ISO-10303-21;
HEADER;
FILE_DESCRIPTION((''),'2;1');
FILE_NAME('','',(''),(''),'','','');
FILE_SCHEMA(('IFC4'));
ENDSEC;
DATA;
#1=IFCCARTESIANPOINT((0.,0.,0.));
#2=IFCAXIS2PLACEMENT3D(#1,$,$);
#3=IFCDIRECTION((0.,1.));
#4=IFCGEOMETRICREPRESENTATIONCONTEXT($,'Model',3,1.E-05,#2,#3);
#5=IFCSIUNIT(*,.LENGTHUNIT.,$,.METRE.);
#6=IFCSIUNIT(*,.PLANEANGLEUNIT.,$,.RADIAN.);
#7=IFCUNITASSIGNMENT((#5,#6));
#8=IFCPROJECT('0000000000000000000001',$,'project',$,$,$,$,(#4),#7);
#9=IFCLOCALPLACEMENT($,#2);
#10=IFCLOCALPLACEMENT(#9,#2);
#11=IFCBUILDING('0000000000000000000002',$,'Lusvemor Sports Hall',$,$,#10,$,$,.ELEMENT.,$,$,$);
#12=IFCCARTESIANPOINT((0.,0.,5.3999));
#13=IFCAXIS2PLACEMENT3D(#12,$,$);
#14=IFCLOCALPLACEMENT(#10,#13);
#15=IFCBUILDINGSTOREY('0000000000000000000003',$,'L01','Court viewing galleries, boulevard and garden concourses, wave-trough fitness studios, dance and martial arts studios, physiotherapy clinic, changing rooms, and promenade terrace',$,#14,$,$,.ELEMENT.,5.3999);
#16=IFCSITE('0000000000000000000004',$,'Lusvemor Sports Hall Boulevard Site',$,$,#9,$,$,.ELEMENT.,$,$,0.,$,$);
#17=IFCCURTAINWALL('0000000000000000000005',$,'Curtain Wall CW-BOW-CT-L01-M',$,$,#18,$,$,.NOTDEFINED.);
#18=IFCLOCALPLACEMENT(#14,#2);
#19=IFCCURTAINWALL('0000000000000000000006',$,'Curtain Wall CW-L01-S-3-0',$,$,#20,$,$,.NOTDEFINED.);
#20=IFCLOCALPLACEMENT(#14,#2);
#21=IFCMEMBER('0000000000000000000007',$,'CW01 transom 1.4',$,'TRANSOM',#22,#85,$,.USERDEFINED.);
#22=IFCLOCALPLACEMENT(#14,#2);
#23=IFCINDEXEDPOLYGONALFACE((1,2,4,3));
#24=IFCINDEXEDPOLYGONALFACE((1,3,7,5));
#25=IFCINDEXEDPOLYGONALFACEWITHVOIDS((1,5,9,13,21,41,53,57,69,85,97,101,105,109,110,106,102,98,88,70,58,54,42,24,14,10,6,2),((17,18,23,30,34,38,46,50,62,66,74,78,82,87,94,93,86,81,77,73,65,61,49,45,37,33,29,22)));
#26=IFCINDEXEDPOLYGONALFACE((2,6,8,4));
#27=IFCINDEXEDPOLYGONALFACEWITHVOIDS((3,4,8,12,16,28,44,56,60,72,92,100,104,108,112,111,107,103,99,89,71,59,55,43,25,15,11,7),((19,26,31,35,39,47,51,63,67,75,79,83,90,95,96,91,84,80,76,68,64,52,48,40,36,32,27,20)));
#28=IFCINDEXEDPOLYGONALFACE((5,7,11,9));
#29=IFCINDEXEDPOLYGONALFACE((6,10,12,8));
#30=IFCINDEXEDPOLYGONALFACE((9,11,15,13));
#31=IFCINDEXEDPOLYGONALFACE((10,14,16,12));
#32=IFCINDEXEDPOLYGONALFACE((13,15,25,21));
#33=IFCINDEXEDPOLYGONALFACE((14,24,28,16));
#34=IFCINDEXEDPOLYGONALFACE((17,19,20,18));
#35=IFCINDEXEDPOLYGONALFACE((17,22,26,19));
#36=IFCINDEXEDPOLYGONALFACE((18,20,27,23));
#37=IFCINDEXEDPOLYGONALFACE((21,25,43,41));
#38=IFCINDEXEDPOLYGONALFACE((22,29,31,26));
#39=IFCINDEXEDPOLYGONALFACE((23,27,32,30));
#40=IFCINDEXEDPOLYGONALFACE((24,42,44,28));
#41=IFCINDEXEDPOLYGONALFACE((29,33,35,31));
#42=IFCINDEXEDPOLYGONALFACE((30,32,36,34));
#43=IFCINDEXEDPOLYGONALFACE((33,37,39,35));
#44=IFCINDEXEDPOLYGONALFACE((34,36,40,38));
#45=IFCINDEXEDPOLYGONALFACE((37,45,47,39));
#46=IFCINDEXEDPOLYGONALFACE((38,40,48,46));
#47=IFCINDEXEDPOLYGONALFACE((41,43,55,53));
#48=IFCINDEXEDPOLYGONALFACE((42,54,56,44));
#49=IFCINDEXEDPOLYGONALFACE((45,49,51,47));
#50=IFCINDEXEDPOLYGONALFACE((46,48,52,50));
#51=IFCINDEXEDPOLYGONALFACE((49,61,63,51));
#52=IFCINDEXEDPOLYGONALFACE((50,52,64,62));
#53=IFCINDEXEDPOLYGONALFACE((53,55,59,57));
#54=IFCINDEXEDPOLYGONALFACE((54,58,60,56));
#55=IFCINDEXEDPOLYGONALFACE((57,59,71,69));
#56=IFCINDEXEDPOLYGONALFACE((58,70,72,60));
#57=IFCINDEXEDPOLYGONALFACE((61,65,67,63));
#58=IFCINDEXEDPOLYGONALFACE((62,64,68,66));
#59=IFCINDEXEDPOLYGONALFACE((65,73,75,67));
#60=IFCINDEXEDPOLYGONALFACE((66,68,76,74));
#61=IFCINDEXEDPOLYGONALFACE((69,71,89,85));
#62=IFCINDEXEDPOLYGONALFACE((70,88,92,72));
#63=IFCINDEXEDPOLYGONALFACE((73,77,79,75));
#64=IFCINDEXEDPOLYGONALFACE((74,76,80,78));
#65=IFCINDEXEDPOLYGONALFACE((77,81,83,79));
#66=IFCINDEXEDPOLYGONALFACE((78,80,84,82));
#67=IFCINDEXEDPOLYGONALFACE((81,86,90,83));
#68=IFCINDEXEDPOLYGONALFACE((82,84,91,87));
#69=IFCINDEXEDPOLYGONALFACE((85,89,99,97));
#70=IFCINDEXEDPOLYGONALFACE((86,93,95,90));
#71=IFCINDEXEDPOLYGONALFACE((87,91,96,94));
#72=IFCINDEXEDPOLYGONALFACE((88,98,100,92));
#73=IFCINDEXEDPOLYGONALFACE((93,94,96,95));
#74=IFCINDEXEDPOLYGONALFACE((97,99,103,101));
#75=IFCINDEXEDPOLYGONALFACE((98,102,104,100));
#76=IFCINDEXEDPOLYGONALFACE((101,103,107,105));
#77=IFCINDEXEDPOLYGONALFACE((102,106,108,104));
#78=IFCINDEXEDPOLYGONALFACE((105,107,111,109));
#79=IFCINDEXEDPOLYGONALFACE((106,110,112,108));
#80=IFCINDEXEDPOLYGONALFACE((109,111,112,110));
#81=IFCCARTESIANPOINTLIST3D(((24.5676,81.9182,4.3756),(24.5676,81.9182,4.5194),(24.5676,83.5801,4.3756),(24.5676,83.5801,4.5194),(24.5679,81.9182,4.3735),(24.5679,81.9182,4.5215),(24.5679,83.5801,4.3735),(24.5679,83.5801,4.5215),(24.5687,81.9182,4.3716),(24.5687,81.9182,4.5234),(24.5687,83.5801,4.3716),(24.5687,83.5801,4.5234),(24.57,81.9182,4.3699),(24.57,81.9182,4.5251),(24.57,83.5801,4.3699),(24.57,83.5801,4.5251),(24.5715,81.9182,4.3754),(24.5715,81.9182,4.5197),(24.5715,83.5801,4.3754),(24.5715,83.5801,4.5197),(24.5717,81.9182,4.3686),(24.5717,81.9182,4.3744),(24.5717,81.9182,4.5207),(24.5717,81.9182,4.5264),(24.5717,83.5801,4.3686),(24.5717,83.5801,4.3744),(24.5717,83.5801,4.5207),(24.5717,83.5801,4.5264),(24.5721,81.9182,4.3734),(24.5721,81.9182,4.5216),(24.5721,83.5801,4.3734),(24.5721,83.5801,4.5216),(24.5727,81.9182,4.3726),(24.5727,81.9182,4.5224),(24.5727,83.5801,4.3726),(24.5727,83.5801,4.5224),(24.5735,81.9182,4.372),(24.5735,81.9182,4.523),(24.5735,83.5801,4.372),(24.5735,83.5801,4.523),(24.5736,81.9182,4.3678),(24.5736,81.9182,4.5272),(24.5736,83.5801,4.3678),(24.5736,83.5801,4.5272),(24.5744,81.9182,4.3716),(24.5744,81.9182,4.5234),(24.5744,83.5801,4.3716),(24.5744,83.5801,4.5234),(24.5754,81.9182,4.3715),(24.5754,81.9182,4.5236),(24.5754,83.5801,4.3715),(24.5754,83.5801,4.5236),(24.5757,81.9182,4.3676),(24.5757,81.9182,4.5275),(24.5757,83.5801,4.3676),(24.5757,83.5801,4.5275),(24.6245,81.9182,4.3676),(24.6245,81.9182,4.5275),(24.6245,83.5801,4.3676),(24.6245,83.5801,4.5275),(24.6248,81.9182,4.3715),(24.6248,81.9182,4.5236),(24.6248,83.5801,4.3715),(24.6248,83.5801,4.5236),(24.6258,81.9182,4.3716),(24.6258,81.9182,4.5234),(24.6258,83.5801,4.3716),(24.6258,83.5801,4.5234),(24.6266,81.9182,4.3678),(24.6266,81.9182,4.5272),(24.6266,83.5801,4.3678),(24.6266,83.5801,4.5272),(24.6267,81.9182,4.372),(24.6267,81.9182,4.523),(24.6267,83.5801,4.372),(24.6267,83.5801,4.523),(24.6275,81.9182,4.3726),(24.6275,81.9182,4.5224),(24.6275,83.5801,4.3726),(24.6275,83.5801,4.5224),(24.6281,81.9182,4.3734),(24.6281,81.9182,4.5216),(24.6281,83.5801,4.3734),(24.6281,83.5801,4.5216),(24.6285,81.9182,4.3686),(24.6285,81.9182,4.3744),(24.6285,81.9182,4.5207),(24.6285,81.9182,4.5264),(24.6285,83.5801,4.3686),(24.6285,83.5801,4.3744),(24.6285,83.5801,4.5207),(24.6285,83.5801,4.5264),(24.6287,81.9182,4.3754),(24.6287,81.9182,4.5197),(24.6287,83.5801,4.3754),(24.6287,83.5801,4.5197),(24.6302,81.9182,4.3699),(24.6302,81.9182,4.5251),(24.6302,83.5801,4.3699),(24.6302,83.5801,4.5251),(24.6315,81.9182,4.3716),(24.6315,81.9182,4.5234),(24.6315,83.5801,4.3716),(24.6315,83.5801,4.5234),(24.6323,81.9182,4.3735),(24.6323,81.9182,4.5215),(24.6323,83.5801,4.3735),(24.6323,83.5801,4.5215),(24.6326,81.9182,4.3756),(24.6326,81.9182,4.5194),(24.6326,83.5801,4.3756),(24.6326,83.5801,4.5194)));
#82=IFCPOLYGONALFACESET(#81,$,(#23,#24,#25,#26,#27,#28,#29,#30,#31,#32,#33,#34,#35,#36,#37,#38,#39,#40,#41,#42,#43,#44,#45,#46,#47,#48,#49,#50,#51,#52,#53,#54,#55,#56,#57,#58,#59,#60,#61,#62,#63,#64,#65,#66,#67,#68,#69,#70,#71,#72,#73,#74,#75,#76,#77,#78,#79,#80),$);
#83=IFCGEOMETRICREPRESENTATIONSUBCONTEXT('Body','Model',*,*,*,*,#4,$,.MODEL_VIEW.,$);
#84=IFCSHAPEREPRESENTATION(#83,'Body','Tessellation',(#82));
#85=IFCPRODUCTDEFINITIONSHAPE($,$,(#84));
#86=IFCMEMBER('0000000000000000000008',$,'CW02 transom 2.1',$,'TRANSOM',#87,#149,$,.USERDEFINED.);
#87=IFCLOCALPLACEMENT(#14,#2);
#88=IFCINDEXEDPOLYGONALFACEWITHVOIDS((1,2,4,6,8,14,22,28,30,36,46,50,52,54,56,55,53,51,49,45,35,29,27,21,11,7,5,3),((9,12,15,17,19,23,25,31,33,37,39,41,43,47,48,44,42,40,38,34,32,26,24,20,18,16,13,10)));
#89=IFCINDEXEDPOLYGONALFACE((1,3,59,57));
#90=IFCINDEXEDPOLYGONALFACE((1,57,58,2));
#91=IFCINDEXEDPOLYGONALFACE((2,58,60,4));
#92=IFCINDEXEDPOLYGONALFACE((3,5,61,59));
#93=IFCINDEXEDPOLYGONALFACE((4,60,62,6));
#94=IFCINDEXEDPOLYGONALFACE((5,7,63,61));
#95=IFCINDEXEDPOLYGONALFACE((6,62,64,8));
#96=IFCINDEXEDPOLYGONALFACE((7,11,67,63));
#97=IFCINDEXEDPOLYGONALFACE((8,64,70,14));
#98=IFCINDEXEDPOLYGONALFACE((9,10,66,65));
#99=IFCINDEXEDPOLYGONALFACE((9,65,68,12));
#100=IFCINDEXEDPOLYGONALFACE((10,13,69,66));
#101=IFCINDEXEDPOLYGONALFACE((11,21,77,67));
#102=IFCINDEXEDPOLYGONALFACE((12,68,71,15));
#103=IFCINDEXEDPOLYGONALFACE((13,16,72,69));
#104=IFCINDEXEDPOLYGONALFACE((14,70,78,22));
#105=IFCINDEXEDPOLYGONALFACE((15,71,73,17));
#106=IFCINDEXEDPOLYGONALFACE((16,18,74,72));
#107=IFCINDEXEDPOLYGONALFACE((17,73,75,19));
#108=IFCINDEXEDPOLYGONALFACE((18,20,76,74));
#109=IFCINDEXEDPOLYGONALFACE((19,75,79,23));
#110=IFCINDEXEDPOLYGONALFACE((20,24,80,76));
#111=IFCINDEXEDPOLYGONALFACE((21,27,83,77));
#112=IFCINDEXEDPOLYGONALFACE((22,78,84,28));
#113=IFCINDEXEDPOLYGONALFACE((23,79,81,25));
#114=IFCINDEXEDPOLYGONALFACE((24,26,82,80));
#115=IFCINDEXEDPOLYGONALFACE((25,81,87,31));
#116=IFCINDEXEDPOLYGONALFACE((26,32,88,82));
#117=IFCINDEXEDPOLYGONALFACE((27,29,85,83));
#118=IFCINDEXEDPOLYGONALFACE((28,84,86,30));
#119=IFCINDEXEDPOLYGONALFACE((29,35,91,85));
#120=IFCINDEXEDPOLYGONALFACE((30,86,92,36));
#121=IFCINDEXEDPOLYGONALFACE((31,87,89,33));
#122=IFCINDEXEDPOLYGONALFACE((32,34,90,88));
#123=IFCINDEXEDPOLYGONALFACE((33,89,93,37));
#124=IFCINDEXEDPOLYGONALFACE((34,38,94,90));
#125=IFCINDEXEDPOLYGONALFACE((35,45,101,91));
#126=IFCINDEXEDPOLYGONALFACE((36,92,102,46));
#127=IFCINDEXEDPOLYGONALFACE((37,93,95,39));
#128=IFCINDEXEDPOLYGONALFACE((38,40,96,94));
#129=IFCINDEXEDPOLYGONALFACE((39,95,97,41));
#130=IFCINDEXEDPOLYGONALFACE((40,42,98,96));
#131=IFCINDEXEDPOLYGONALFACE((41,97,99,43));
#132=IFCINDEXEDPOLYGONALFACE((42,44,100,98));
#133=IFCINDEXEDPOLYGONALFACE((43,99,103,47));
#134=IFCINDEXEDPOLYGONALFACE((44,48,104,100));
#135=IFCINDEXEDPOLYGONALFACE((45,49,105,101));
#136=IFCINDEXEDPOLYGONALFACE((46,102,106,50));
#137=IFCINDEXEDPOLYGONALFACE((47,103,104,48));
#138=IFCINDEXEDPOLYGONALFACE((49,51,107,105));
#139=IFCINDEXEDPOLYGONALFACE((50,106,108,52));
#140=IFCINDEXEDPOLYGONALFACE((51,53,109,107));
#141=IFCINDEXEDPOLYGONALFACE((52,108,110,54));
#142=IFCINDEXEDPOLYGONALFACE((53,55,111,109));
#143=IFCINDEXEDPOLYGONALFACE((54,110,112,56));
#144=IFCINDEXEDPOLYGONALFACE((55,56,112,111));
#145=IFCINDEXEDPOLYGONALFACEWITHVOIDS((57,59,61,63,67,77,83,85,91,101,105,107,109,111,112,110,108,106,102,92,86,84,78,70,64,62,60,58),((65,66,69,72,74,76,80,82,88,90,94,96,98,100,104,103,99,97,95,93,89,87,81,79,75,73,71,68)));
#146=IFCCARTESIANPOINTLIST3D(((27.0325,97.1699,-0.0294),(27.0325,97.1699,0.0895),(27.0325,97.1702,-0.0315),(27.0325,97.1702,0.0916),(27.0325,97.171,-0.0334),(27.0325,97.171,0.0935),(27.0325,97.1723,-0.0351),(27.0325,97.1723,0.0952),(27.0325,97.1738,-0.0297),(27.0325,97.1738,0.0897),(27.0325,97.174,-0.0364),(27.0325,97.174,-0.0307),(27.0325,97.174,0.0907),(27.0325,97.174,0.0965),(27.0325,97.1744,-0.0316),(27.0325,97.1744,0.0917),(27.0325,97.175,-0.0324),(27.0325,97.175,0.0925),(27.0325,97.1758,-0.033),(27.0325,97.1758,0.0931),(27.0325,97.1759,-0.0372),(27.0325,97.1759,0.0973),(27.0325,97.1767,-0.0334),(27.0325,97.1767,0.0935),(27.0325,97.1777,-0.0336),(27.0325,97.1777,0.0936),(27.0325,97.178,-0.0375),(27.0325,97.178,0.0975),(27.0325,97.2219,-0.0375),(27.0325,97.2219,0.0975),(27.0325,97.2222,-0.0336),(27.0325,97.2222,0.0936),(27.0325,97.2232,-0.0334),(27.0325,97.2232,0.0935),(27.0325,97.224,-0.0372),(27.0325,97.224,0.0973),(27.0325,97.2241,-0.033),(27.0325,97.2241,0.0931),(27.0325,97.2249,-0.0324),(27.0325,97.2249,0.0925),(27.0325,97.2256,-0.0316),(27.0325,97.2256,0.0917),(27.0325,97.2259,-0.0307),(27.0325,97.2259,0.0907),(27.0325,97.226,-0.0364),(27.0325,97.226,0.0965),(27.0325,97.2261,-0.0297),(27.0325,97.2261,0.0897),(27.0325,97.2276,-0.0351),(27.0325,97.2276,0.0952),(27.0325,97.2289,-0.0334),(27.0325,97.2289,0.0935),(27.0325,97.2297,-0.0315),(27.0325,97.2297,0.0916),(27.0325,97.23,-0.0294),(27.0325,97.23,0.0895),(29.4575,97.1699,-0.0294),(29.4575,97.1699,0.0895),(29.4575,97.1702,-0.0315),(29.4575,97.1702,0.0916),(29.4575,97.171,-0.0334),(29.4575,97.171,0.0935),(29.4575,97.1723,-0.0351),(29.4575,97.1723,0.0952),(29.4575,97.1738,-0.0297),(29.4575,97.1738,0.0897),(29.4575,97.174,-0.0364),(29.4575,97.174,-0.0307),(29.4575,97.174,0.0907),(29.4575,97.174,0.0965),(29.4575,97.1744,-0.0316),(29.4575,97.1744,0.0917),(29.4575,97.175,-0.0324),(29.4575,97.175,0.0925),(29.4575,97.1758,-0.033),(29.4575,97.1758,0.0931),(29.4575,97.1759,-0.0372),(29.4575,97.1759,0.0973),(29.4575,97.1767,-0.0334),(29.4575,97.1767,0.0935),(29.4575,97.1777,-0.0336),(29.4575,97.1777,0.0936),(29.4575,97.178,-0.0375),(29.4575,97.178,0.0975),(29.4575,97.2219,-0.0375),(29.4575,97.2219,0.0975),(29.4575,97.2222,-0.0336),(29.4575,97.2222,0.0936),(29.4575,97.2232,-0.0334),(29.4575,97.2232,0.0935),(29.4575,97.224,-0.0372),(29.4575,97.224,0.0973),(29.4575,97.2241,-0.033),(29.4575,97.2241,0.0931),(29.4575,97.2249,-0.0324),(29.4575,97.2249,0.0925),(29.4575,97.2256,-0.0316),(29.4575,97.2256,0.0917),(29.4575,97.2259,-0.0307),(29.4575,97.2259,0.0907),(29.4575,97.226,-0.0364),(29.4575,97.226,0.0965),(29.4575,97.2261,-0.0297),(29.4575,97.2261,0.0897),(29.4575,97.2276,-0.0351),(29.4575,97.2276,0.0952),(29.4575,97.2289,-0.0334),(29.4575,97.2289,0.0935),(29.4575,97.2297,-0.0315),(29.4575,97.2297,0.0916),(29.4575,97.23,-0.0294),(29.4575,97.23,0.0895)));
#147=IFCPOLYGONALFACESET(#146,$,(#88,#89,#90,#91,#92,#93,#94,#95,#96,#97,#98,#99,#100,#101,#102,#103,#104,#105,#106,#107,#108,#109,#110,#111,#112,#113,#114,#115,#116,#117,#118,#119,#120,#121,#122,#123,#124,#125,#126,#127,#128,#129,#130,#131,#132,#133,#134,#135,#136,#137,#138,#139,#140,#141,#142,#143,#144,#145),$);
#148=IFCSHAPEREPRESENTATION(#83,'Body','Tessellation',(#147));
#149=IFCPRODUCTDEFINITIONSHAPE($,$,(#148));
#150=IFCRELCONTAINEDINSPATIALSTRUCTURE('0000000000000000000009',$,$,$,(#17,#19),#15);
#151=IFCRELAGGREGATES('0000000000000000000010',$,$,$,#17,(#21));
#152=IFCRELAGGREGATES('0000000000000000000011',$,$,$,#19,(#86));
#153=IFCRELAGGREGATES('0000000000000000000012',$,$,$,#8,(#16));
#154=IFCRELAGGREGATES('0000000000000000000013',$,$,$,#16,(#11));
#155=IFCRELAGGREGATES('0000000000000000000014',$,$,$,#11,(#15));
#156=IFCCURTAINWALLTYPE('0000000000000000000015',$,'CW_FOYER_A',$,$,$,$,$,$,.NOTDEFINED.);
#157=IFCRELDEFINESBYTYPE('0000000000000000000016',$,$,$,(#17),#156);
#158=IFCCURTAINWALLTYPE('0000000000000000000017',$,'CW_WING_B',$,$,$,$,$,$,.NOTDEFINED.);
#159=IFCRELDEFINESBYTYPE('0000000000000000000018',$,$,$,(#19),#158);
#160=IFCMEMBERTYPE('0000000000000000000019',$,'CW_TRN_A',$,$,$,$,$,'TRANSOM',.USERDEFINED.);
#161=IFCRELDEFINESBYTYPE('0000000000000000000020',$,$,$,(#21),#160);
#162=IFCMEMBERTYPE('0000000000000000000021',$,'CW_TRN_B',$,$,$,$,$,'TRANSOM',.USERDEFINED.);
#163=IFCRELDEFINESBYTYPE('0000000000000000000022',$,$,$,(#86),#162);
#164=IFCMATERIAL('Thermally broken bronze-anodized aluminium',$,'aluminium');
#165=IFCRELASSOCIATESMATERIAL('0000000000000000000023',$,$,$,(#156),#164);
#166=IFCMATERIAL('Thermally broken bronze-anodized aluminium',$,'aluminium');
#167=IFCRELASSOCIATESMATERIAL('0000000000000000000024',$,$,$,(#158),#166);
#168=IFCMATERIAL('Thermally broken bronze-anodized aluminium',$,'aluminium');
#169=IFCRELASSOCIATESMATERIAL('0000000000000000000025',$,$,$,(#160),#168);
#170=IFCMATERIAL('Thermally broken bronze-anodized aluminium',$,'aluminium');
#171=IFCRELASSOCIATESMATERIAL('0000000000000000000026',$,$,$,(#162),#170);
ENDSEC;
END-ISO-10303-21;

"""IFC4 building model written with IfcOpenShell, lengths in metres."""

from ifc_helpers import new_model, si_unit, direction, frame, origin, origin_2d, place, context, subcontext, project, spatial, hollow_rectangle, extrude, material, material_profile, profile_set, type_object, element, aggregate, save


model = new_model("IFC4")

# Units and contexts
model_context = context("Model", 3, precision=1e-05, world=origin(), true_north=direction((0.0, 1.0)))
body_context = subcontext(model_context, "Body", "Model", "MODEL_VIEW")
ifc_project = project(units=[si_unit("LENGTHUNIT", "METRE"), si_unit("PLANEANGLEUNIT", "RADIAN")], contexts=[model_context])

# Site, building, storey
site_placement = place(None, origin())
site = spatial("IfcSite", under=ifc_project, at=site_placement, Name="Lusvemor Sports Hall Boulevard Site", CompositionType="ELEMENT", RefElevation=0.0)
building_placement = place(site_placement, origin())
building = spatial("IfcBuilding", under=site, at=building_placement, Name="Lusvemor Sports Hall", CompositionType="ELEMENT")
storey_placement = place(building_placement, frame((0.0, 0.0, 5.3999)))
storey = spatial("IfcBuildingStorey", under=building, at=storey_placement, Name="L01", Description="Court viewing galleries, boulevard and garden concourses, wave-trough fitness studios, dance and martial arts studios, physiotherapy clinic, changing rooms, and promenade terrace", CompositionType="ELEMENT", Elevation=5.3999)

# Curtain wall
ifc_material_1 = material(Name="Thermally broken bronze-anodized aluminium", Category="aluminium")
curtain_wall_type_1 = type_object("IfcCurtainWallType", Name="CW_FOYER_A", PredefinedType="NOTDEFINED", material=ifc_material_1)
curtain_wall_1_placement = place(storey_placement, origin())
curtain_wall_1 = element("IfcCurtainWall", 1, at=curtain_wall_1_placement, inside=storey, type_object=curtain_wall_type_1, Name="Curtain Wall CW-BOW-CT-L01-M", PredefinedType="NOTDEFINED")

# Curtain wall
ifc_material_2 = material(Name="Thermally broken bronze-anodized aluminium", Category="aluminium")
curtain_wall_type_2 = type_object("IfcCurtainWallType", Name="CW_WING_B", PredefinedType="NOTDEFINED", material=ifc_material_2)
curtain_wall_2_placement = place(storey_placement, origin())
curtain_wall_2 = element("IfcCurtainWall", 2, at=curtain_wall_2_placement, inside=storey, type_object=curtain_wall_type_2, Name="Curtain Wall CW-L01-S-3-0", PredefinedType="NOTDEFINED")

# Members
ifc_material_3 = material(Name="Thermally broken bronze-anodized aluminium", Category="aluminium")
ifc_material_profile_1 = material_profile(ifc_material_3, hollow_rectangle(XDim=0.0649, YDim=0.1599, WallThickness=0.0039, InnerFilletRadius=0.0039, OuterFilletRadius=0.0081, at=origin_2d()), Name="CWTRN160x65x4")
ifc_profile_set_1 = profile_set([ifc_material_profile_1], Name="Thermally broken bronze-anodized aluminium")
member_type_1 = type_object("IfcMemberType", Name="CW_TRN_A", ElementType="TRANSOM", PredefinedType="USERDEFINED", material=ifc_profile_set_1)
member_1_placement = place(storey_placement, frame((24.6001, 83.5801, 4.4475), z_axis=(0.0, -1.0, 0.0), x_axis=(1.0, 0.0, 0.0)))
member_1 = element("IfcMember", 3, at=member_1_placement, type_object=member_type_1, Name="CW01 transom 1.4", ObjectType="TRANSOM", PredefinedType="USERDEFINED", context=body_context, shape_type="SweptSolid", body=[
    extrude(hollow_rectangle(XDim=0.0649, YDim=0.1599, WallThickness=0.0039, InnerFilletRadius=0.0039, OuterFilletRadius=0.0081, at=origin_2d()), origin(), (0.0, 0.0, 1.0), 1.6619),
])
aggregate(curtain_wall_1, [member_1])
ifc_material_4 = material(Name="Thermally broken bronze-anodized aluminium", Category="aluminium")
ifc_material_profile_2 = material_profile(ifc_material_4, hollow_rectangle(XDim=0.0601, YDim=0.135, WallThickness=0.0039, InnerFilletRadius=0.0039, OuterFilletRadius=0.0081, at=origin_2d()), Name="CWTRN135x60x4")
ifc_profile_set_2 = profile_set([ifc_material_profile_2], Name="Thermally broken bronze-anodized aluminium")
member_type_2 = type_object("IfcMemberType", Name="CW_TRN_B", ElementType="TRANSOM", PredefinedType="USERDEFINED", material=ifc_profile_set_2)
member_2_placement = place(storey_placement, frame((29.4575, 97.2, 0.03), z_axis=(-1.0, 0.0, 0.0), x_axis=(0.0, -1.0, 0.0)))
member_2 = element("IfcMember", 4, at=member_2_placement, type_object=member_type_2, Name="CW02 transom 2.1", ObjectType="TRANSOM", PredefinedType="USERDEFINED", context=body_context, shape_type="SweptSolid", body=[
    extrude(hollow_rectangle(XDim=0.0601, YDim=0.135, WallThickness=0.0039, InnerFilletRadius=0.0039, OuterFilletRadius=0.0081, at=origin_2d()), origin(), (0.0, 0.0, 1.0), 2.425),
])

aggregate(curtain_wall_2, [member_2])

save(model, "model.ifc")
